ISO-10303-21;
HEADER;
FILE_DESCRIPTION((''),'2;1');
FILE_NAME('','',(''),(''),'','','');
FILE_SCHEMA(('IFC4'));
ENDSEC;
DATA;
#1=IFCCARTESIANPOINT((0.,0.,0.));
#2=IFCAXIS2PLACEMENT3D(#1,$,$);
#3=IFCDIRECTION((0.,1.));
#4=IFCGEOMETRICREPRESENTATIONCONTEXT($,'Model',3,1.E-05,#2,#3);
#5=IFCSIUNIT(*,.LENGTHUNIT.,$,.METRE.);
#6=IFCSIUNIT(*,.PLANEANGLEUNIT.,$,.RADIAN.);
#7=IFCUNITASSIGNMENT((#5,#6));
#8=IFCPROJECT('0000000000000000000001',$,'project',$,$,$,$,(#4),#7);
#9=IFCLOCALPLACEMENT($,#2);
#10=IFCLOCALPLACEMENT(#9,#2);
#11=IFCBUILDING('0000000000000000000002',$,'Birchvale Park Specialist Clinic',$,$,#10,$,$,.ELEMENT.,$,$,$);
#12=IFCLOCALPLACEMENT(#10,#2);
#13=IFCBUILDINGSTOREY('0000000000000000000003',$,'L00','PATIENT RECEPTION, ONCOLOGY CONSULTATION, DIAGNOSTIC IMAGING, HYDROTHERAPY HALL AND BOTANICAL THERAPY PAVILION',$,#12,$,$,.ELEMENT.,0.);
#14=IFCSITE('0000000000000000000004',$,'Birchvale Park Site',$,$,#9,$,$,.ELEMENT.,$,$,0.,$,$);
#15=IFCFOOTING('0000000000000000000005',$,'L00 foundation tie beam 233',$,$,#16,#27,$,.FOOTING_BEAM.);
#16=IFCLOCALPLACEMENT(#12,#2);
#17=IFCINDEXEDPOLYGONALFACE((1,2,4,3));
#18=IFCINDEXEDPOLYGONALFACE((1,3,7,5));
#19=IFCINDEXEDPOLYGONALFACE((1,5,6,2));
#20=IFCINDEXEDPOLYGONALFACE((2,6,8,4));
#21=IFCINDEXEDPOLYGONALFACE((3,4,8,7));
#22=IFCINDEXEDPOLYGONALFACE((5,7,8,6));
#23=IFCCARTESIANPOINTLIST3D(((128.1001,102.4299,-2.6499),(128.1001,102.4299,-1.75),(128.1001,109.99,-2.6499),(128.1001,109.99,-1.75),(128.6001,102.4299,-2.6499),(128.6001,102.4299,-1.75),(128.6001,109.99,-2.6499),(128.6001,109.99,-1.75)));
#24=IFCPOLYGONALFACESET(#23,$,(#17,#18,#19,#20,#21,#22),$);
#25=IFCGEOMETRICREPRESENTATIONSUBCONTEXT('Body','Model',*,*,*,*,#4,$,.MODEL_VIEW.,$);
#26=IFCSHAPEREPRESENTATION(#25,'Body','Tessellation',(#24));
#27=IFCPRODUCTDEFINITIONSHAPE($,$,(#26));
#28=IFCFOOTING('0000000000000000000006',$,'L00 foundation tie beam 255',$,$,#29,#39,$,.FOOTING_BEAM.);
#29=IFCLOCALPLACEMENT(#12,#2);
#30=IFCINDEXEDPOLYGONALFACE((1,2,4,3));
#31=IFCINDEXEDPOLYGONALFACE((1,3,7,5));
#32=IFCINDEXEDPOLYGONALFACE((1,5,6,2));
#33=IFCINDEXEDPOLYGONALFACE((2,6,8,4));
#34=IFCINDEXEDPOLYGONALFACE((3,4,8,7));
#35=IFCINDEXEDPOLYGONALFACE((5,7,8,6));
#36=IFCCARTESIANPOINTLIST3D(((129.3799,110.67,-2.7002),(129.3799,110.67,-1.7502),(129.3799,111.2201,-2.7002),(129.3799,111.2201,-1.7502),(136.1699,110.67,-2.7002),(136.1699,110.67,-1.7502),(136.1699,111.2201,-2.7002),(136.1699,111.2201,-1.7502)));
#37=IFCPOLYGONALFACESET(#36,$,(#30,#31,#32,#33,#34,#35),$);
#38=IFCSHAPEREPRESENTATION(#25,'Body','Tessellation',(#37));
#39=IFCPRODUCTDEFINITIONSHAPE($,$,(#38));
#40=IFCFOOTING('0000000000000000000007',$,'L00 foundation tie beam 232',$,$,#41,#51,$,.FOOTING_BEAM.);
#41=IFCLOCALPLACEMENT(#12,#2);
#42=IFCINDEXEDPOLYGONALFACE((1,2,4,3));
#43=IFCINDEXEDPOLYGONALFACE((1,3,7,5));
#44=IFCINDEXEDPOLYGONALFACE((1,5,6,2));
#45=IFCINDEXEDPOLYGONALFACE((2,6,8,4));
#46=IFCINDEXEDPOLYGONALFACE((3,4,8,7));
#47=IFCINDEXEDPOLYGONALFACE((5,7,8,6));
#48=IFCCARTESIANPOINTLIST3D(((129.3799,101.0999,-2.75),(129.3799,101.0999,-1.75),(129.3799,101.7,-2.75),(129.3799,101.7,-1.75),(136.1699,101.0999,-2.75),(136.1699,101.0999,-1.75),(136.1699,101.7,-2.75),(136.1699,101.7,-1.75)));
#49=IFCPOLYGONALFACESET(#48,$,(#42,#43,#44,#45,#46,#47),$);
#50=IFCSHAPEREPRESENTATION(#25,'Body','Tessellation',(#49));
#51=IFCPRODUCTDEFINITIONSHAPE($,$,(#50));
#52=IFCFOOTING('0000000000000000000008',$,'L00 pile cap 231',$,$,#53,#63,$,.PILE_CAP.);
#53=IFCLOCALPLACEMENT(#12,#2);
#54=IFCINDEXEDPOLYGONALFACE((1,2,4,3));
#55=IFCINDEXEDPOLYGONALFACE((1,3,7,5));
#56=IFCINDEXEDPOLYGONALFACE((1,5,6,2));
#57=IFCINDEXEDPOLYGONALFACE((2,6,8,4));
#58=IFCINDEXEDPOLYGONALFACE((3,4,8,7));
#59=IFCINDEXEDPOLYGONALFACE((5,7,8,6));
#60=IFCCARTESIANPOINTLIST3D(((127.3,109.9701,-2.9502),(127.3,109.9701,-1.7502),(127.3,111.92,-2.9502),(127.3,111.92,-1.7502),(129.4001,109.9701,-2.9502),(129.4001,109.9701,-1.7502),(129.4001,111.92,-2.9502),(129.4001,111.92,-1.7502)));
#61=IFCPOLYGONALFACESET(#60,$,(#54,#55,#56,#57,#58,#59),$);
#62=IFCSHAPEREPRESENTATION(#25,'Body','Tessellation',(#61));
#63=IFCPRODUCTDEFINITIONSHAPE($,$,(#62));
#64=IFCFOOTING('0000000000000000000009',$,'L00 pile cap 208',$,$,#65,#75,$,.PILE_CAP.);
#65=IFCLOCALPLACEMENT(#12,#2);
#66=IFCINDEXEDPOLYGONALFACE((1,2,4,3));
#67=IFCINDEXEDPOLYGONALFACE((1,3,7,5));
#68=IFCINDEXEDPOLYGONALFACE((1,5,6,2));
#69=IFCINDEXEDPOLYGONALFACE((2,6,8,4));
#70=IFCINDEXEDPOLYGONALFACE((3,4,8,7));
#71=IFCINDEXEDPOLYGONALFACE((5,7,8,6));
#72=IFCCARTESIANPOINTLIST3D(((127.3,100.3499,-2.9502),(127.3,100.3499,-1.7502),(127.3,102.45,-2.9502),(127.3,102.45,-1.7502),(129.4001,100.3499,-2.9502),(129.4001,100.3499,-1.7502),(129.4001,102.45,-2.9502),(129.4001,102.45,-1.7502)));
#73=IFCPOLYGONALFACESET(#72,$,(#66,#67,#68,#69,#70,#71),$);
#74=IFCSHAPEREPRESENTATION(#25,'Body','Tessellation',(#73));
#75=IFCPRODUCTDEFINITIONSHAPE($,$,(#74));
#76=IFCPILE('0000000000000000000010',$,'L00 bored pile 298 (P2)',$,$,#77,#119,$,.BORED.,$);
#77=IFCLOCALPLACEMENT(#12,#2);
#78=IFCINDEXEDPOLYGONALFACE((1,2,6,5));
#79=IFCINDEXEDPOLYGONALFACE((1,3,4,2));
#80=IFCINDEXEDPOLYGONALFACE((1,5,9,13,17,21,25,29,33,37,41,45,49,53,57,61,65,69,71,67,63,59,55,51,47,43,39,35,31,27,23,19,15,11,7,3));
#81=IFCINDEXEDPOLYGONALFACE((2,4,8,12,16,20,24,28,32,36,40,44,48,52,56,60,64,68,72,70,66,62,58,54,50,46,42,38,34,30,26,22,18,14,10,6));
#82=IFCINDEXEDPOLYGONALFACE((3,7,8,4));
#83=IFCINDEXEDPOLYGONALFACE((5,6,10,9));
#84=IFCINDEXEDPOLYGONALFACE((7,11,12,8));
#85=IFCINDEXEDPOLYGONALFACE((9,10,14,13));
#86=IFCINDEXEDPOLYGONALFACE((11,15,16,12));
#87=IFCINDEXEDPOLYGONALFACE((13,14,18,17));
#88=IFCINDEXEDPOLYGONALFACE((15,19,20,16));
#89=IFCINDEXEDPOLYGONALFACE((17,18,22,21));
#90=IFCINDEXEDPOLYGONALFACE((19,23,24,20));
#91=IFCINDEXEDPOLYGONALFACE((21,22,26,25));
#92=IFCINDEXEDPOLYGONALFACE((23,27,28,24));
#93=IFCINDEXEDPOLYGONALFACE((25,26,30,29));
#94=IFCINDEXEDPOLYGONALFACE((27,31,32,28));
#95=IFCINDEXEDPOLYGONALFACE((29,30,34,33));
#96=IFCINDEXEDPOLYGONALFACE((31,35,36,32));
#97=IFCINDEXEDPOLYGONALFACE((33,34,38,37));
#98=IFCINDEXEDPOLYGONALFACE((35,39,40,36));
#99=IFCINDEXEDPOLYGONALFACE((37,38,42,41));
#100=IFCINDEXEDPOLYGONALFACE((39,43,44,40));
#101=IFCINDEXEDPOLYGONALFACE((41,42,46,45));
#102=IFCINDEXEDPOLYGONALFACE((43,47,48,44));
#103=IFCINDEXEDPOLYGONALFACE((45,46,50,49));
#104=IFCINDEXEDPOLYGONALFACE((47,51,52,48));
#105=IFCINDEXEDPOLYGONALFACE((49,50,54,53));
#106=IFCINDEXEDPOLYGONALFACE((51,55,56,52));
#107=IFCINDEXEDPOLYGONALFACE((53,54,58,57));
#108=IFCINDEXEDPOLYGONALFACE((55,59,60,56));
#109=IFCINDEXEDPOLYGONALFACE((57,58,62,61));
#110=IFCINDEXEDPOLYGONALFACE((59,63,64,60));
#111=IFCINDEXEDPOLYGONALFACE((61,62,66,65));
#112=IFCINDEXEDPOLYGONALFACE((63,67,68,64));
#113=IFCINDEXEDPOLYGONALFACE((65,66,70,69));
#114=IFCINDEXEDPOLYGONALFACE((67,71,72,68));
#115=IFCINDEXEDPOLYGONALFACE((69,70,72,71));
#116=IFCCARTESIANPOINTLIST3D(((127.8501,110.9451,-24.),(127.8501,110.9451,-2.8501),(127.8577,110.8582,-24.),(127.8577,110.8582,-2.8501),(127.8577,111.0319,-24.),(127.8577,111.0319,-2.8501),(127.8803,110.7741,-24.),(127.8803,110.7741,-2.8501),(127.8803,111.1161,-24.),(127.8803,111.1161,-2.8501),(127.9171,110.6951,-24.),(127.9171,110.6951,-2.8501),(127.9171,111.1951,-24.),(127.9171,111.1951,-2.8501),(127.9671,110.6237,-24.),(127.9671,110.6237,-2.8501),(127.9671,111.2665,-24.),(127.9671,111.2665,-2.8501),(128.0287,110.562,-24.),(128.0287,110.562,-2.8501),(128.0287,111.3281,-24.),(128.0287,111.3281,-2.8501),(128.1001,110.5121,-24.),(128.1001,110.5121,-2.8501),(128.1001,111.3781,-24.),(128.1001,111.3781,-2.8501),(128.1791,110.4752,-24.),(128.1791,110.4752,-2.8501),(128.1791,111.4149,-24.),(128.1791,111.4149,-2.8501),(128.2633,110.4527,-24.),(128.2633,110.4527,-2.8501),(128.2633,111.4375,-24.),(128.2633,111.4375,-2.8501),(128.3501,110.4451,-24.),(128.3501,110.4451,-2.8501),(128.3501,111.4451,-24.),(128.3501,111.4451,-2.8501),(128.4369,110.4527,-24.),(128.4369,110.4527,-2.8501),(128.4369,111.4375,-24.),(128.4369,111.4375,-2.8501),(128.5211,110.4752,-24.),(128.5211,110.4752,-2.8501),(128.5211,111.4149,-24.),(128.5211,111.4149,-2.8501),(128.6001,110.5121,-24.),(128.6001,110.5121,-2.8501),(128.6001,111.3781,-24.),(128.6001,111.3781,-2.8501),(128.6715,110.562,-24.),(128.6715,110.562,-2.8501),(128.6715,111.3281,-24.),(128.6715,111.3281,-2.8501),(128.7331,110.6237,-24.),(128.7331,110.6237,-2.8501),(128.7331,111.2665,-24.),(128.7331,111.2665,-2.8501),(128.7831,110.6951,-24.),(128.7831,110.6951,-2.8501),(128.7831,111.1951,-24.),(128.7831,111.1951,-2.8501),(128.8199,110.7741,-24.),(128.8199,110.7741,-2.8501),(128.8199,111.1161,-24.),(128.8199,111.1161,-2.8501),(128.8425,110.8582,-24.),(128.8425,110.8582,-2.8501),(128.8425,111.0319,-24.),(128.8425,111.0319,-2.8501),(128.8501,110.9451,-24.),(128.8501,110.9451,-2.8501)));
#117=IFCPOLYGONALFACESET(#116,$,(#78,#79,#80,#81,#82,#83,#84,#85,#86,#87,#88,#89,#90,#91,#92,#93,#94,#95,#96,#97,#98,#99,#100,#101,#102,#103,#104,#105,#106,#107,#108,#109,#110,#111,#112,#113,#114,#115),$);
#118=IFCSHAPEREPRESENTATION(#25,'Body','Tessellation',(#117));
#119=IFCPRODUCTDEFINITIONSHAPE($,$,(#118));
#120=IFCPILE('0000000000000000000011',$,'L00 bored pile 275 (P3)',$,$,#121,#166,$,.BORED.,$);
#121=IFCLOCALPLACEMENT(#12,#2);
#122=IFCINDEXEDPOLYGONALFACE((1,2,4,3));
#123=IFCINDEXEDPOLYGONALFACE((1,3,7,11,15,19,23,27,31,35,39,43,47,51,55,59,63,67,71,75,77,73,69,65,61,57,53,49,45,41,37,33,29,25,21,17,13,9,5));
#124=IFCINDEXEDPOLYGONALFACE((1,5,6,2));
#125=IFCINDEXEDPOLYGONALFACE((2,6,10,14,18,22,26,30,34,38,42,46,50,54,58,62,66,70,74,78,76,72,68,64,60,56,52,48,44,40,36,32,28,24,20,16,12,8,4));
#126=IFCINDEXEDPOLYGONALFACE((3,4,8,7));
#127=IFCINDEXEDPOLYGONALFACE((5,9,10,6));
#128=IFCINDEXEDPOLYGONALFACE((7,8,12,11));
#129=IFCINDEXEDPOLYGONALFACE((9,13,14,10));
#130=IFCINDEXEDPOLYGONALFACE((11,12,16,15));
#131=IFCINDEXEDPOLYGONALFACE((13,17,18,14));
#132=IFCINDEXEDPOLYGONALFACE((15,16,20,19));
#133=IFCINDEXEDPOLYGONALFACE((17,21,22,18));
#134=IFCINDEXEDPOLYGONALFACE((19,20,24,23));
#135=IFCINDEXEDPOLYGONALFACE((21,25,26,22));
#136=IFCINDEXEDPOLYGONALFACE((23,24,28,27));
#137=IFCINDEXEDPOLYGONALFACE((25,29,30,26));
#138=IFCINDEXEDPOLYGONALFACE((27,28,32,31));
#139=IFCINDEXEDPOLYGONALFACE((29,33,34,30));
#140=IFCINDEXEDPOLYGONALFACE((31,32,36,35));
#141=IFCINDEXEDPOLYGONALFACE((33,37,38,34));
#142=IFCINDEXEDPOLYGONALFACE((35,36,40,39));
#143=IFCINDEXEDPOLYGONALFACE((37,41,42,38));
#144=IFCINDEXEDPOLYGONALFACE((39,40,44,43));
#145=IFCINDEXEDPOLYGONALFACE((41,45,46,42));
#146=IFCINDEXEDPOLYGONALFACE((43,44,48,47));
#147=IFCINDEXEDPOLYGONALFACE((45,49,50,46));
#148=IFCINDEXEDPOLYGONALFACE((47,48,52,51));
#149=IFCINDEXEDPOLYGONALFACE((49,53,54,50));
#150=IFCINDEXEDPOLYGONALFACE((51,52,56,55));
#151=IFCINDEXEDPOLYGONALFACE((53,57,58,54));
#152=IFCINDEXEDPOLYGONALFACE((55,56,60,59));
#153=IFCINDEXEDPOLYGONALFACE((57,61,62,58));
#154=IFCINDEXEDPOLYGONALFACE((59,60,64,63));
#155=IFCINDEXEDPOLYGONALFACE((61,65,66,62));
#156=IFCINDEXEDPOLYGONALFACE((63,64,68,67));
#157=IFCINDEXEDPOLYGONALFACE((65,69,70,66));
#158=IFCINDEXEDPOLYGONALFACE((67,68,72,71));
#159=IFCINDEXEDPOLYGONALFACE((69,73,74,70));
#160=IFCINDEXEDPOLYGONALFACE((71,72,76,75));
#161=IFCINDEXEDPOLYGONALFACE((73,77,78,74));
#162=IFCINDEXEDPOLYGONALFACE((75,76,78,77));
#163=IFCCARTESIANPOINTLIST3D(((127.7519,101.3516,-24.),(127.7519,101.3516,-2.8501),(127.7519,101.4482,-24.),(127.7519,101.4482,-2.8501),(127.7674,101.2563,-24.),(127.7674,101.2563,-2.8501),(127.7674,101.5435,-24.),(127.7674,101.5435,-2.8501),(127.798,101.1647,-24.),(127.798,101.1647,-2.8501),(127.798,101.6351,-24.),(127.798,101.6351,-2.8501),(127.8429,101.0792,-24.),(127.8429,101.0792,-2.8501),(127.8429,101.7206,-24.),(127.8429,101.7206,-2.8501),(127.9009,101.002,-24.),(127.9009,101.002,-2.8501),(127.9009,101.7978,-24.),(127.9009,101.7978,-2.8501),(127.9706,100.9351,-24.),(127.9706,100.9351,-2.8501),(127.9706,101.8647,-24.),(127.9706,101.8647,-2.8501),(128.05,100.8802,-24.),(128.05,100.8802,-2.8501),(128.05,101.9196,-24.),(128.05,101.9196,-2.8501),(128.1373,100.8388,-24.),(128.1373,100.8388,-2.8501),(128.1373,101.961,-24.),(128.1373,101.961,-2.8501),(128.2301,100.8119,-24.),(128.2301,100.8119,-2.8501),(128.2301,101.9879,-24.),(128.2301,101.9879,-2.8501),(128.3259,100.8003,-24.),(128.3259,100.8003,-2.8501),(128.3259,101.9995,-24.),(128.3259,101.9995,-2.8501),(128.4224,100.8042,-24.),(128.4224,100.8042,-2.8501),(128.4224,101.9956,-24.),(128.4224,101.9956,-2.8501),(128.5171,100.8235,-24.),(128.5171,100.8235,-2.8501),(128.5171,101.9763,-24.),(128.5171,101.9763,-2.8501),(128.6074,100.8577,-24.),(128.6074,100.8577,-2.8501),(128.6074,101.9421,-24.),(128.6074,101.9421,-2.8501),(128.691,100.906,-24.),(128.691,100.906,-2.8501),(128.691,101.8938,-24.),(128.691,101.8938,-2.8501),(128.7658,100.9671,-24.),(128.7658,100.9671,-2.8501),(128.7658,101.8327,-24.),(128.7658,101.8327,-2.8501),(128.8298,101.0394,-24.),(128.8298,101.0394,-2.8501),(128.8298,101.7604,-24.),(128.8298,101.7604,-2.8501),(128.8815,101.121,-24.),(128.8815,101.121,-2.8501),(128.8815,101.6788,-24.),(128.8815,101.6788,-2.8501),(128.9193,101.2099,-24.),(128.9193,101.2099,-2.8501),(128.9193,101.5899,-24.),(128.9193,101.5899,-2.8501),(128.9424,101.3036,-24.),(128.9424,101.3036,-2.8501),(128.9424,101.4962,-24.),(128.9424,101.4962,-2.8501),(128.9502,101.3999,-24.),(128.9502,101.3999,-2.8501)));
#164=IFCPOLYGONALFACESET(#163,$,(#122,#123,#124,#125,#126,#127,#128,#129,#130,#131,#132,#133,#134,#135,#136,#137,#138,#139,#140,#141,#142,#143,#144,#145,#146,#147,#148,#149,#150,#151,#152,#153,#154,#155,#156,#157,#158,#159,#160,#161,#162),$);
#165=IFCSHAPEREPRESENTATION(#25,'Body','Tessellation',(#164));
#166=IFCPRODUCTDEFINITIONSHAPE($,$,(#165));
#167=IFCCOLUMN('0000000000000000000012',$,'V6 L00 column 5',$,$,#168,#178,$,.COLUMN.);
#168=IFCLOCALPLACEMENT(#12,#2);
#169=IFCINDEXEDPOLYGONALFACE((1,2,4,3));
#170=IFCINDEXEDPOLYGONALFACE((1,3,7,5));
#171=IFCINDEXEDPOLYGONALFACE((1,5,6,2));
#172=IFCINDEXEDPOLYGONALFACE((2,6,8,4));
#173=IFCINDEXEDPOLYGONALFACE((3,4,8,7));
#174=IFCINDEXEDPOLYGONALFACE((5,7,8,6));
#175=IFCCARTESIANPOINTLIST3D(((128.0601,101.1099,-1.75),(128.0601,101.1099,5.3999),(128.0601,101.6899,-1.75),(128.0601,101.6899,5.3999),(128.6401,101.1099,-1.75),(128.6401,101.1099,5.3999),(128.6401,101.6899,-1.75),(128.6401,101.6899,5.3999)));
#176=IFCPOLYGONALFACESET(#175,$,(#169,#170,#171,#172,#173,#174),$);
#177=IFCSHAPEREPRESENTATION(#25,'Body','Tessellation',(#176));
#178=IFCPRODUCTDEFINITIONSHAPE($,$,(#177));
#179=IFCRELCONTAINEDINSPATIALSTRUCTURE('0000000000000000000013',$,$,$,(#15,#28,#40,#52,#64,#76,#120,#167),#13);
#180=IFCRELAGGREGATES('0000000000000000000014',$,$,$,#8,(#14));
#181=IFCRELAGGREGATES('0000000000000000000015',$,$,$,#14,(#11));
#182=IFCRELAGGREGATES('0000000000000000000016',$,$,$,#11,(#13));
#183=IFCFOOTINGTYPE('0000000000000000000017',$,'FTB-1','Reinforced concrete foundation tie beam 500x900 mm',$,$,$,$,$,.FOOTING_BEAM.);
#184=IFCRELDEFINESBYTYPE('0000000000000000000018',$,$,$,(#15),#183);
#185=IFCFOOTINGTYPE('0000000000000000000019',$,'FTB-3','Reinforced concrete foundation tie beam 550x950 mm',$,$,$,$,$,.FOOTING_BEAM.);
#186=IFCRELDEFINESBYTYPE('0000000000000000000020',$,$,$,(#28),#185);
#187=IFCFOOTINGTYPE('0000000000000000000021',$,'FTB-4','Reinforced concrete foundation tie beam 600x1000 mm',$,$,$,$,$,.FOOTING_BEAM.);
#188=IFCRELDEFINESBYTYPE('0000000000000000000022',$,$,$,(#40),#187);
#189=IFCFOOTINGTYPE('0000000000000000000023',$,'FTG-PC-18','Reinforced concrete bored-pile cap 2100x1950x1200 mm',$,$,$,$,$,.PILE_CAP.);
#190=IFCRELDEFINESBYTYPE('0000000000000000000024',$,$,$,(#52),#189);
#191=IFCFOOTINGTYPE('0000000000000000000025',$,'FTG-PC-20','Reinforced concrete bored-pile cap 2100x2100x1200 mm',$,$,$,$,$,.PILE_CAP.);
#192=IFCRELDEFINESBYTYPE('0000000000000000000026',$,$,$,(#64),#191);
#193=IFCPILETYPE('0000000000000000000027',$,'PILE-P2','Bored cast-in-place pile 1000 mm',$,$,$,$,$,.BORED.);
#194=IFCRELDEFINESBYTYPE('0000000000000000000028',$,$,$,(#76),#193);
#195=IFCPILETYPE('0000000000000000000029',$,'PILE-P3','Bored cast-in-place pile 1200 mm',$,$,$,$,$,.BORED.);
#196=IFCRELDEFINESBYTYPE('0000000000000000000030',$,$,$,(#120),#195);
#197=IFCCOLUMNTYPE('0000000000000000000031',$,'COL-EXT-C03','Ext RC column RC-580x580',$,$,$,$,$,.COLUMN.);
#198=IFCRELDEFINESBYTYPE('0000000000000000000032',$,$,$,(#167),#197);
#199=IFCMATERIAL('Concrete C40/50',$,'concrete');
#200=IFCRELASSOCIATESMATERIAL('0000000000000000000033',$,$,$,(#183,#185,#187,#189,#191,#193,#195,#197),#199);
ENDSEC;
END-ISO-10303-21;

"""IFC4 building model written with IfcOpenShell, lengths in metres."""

from ifc_helpers import new_model, si_unit, direction, frame, origin, origin_2d, place, context, subcontext, project, spatial, rectangle, circle, extrude, material, material_profile, profile_set, type_object, element, save


model = new_model("IFC4")

# Units and contexts
model_context = context("Model", 3, precision=1e-05, world=origin(), true_north=direction((0.0, 1.0)))
body_context = subcontext(model_context, "Body", "Model", "MODEL_VIEW")
ifc_project = project(units=[si_unit("LENGTHUNIT", "METRE"), si_unit("PLANEANGLEUNIT", "RADIAN")], contexts=[model_context])

# Site, building, storey
site_placement = place(None, origin())
site = spatial("IfcSite", under=ifc_project, at=site_placement, Name="Birchvale Park Site", CompositionType="ELEMENT", RefElevation=0.0)
building_placement = place(site_placement, origin())
building = spatial("IfcBuilding", under=site, at=building_placement, Name="Birchvale Park Specialist Clinic", CompositionType="ELEMENT")
storey_placement = place(building_placement, origin())
storey = spatial("IfcBuildingStorey", under=building, at=storey_placement, Name="L00", Description="PATIENT RECEPTION, ONCOLOGY CONSULTATION, DIAGNOSTIC IMAGING, HYDROTHERAPY HALL AND BOTANICAL THERAPY PAVILION", CompositionType="ELEMENT", Elevation=0.0)

# Footings
ifc_material_1 = material(Name="Concrete C40/50", Category="concrete")
footing_type_1 = type_object("IfcFootingType", Name="FTB-1", Description="Reinforced concrete foundation tie beam 500x900 mm", PredefinedType="FOOTING_BEAM", material=ifc_material_1)
footing_1_placement = place(storey_placement, frame((128.3501, 106.21, -2.6499), z_axis=(0.0, 0.0, 1.0), x_axis=(1.0, 0.0, 0.0)))
element("IfcFooting", 1, at=footing_1_placement, inside=storey, type_object=footing_type_1, Name="L00 foundation tie beam 233", PredefinedType="FOOTING_BEAM", context=body_context, shape_type="SweptSolid", body=[
    extrude(rectangle(XDim=0.5, YDim=7.5601, at=origin_2d()), origin(), (0.0, 0.0, 1.0), 0.8999),
])
footing_type_2 = type_object("IfcFootingType", Name="FTB-3", Description="Reinforced concrete foundation tie beam 550x950 mm", PredefinedType="FOOTING_BEAM", material=ifc_material_1)
footing_2_placement = place(storey_placement, frame((132.7749, 110.9451, -2.7002), z_axis=(0.0, 0.0, 1.0), x_axis=(1.0, 0.0, 0.0)))
element("IfcFooting", 2, at=footing_2_placement, inside=storey, type_object=footing_type_2, Name="L00 foundation tie beam 255", PredefinedType="FOOTING_BEAM", context=body_context, shape_type="SweptSolid", body=[
    extrude(rectangle(XDim=6.79, YDim=0.55, at=origin_2d()), origin(), (0.0, 0.0, 1.0), 0.95),
])
footing_type_3 = type_object("IfcFootingType", Name="FTB-4", Description="Reinforced concrete foundation tie beam 600x1000 mm", PredefinedType="FOOTING_BEAM", material=ifc_material_1)
footing_3_placement = place(storey_placement, frame((132.7749, 101.3999, -2.75), z_axis=(0.0, 0.0, 1.0), x_axis=(1.0, 0.0, 0.0)))
element("IfcFooting", 3, at=footing_3_placement, inside=storey, type_object=footing_type_3, Name="L00 foundation tie beam 232", PredefinedType="FOOTING_BEAM", context=body_context, shape_type="SweptSolid", body=[
    extrude(rectangle(XDim=6.79, YDim=0.6001, at=origin_2d()), origin(), (0.0, 0.0, 1.0), 1.0),
])
footing_type_4 = type_object("IfcFootingType", Name="FTG-PC-18", Description="Reinforced concrete bored-pile cap 2100x1950x1200 mm", PredefinedType="PILE_CAP", material=ifc_material_1)
footing_4_placement = place(storey_placement, frame((128.3501, 110.9451, -2.9502), z_axis=(0.0, 0.0, 1.0), x_axis=(1.0, 0.0, 0.0)))
element("IfcFooting", 4, at=footing_4_placement, inside=storey, type_object=footing_type_4, Name="L00 pile cap 231", PredefinedType="PILE_CAP", context=body_context, shape_type="SweptSolid", body=[
    extrude(rectangle(XDim=2.1001, YDim=1.95, at=origin_2d()), origin(), (0.0, 0.0, 1.0), 1.2),
])
footing_type_5 = type_object("IfcFootingType", Name="FTG-PC-20", Description="Reinforced concrete bored-pile cap 2100x2100x1200 mm", PredefinedType="PILE_CAP", material=ifc_material_1)
footing_5_placement = place(storey_placement, frame((128.3501, 101.3999, -2.9502), z_axis=(0.0, 0.0, 1.0), x_axis=(1.0, 0.0, 0.0)))
element("IfcFooting", 5, at=footing_5_placement, inside=storey, type_object=footing_type_5, Name="L00 pile cap 208", PredefinedType="PILE_CAP", context=body_context, shape_type="SweptSolid", body=[
    extrude(rectangle(XDim=2.1001, YDim=2.1001, at=origin_2d()), origin(), (0.0, 0.0, 1.0), 1.2),
])

# Piles
ifc_material_profile_1 = material_profile(ifc_material_1, circle(Radius=0.5, at=origin_2d()), Name="PILE-1000")
ifc_profile_set_1 = profile_set([ifc_material_profile_1], Name="Concrete C40/50")
pile_type_1 = type_object("IfcPileType", Name="PILE-P2", Description="Bored cast-in-place pile 1000 mm", PredefinedType="BORED", material=ifc_profile_set_1)
pile_1_placement = place(storey_placement, frame((128.3501, 110.9451, -2.8501), z_axis=(0.0, 0.0, -1.0), x_axis=(1.0, 0.0, 0.0)))
element("IfcPile", 6, at=pile_1_placement, inside=storey, type_object=pile_type_1, Name="L00 bored pile 298 (P2)", PredefinedType="BORED", context=body_context, shape_type="SweptSolid", body=[
    extrude(circle(Radius=0.5, at=origin_2d()), origin(), (0.0, 0.0, 1.0), 21.1499),
])
ifc_material_profile_2 = material_profile(ifc_material_1, circle(Radius=0.6001, at=origin_2d()), Name="PILE-1200")
ifc_profile_set_2 = profile_set([ifc_material_profile_2], Name="Concrete C40/50")
pile_type_2 = type_object("IfcPileType", Name="PILE-P3", Description="Bored cast-in-place pile 1200 mm", PredefinedType="BORED", material=ifc_profile_set_2)
pile_2_placement = place(storey_placement, frame((128.3501, 101.3999, -2.8501), z_axis=(0.0, 0.0, -1.0), x_axis=(1.0, 0.0, 0.0)))
element("IfcPile", 7, at=pile_2_placement, inside=storey, type_object=pile_type_2, Name="L00 bored pile 275 (P3)", PredefinedType="BORED", context=body_context, shape_type="SweptSolid", body=[
    extrude(circle(Radius=0.6001, at=origin_2d()), origin(), (0.0, 0.0, 1.0), 21.1499),
])

# Column
ifc_material_profile_3 = material_profile(ifc_material_1, rectangle(XDim=0.5801, YDim=0.5801, at=origin_2d()), Name="RC-580x580")
ifc_profile_set_3 = profile_set([ifc_material_profile_3], Name="Concrete C40/50")
column_type_1 = type_object("IfcColumnType", Name="COL-EXT-C03", Description="Ext RC column RC-580x580", PredefinedType="COLUMN", material=ifc_profile_set_3)
column_1_placement = place(storey_placement, frame((128.3501, 101.3999, -1.75), z_axis=(0.0, 0.0, 1.0), x_axis=(1.0, 0.0, 0.0)))
element("IfcColumn", 8, at=column_1_placement, inside=storey, type_object=column_type_1, Name="V6 L00 column 5", PredefinedType="COLUMN", context=body_context, shape_type="SweptSolid", body=[
    extrude(rectangle(XDim=0.5801, YDim=0.5801, at=origin_2d()), origin(), (0.0, 0.0, 1.0), 7.1499),
])

save(model, "model.ifc")
